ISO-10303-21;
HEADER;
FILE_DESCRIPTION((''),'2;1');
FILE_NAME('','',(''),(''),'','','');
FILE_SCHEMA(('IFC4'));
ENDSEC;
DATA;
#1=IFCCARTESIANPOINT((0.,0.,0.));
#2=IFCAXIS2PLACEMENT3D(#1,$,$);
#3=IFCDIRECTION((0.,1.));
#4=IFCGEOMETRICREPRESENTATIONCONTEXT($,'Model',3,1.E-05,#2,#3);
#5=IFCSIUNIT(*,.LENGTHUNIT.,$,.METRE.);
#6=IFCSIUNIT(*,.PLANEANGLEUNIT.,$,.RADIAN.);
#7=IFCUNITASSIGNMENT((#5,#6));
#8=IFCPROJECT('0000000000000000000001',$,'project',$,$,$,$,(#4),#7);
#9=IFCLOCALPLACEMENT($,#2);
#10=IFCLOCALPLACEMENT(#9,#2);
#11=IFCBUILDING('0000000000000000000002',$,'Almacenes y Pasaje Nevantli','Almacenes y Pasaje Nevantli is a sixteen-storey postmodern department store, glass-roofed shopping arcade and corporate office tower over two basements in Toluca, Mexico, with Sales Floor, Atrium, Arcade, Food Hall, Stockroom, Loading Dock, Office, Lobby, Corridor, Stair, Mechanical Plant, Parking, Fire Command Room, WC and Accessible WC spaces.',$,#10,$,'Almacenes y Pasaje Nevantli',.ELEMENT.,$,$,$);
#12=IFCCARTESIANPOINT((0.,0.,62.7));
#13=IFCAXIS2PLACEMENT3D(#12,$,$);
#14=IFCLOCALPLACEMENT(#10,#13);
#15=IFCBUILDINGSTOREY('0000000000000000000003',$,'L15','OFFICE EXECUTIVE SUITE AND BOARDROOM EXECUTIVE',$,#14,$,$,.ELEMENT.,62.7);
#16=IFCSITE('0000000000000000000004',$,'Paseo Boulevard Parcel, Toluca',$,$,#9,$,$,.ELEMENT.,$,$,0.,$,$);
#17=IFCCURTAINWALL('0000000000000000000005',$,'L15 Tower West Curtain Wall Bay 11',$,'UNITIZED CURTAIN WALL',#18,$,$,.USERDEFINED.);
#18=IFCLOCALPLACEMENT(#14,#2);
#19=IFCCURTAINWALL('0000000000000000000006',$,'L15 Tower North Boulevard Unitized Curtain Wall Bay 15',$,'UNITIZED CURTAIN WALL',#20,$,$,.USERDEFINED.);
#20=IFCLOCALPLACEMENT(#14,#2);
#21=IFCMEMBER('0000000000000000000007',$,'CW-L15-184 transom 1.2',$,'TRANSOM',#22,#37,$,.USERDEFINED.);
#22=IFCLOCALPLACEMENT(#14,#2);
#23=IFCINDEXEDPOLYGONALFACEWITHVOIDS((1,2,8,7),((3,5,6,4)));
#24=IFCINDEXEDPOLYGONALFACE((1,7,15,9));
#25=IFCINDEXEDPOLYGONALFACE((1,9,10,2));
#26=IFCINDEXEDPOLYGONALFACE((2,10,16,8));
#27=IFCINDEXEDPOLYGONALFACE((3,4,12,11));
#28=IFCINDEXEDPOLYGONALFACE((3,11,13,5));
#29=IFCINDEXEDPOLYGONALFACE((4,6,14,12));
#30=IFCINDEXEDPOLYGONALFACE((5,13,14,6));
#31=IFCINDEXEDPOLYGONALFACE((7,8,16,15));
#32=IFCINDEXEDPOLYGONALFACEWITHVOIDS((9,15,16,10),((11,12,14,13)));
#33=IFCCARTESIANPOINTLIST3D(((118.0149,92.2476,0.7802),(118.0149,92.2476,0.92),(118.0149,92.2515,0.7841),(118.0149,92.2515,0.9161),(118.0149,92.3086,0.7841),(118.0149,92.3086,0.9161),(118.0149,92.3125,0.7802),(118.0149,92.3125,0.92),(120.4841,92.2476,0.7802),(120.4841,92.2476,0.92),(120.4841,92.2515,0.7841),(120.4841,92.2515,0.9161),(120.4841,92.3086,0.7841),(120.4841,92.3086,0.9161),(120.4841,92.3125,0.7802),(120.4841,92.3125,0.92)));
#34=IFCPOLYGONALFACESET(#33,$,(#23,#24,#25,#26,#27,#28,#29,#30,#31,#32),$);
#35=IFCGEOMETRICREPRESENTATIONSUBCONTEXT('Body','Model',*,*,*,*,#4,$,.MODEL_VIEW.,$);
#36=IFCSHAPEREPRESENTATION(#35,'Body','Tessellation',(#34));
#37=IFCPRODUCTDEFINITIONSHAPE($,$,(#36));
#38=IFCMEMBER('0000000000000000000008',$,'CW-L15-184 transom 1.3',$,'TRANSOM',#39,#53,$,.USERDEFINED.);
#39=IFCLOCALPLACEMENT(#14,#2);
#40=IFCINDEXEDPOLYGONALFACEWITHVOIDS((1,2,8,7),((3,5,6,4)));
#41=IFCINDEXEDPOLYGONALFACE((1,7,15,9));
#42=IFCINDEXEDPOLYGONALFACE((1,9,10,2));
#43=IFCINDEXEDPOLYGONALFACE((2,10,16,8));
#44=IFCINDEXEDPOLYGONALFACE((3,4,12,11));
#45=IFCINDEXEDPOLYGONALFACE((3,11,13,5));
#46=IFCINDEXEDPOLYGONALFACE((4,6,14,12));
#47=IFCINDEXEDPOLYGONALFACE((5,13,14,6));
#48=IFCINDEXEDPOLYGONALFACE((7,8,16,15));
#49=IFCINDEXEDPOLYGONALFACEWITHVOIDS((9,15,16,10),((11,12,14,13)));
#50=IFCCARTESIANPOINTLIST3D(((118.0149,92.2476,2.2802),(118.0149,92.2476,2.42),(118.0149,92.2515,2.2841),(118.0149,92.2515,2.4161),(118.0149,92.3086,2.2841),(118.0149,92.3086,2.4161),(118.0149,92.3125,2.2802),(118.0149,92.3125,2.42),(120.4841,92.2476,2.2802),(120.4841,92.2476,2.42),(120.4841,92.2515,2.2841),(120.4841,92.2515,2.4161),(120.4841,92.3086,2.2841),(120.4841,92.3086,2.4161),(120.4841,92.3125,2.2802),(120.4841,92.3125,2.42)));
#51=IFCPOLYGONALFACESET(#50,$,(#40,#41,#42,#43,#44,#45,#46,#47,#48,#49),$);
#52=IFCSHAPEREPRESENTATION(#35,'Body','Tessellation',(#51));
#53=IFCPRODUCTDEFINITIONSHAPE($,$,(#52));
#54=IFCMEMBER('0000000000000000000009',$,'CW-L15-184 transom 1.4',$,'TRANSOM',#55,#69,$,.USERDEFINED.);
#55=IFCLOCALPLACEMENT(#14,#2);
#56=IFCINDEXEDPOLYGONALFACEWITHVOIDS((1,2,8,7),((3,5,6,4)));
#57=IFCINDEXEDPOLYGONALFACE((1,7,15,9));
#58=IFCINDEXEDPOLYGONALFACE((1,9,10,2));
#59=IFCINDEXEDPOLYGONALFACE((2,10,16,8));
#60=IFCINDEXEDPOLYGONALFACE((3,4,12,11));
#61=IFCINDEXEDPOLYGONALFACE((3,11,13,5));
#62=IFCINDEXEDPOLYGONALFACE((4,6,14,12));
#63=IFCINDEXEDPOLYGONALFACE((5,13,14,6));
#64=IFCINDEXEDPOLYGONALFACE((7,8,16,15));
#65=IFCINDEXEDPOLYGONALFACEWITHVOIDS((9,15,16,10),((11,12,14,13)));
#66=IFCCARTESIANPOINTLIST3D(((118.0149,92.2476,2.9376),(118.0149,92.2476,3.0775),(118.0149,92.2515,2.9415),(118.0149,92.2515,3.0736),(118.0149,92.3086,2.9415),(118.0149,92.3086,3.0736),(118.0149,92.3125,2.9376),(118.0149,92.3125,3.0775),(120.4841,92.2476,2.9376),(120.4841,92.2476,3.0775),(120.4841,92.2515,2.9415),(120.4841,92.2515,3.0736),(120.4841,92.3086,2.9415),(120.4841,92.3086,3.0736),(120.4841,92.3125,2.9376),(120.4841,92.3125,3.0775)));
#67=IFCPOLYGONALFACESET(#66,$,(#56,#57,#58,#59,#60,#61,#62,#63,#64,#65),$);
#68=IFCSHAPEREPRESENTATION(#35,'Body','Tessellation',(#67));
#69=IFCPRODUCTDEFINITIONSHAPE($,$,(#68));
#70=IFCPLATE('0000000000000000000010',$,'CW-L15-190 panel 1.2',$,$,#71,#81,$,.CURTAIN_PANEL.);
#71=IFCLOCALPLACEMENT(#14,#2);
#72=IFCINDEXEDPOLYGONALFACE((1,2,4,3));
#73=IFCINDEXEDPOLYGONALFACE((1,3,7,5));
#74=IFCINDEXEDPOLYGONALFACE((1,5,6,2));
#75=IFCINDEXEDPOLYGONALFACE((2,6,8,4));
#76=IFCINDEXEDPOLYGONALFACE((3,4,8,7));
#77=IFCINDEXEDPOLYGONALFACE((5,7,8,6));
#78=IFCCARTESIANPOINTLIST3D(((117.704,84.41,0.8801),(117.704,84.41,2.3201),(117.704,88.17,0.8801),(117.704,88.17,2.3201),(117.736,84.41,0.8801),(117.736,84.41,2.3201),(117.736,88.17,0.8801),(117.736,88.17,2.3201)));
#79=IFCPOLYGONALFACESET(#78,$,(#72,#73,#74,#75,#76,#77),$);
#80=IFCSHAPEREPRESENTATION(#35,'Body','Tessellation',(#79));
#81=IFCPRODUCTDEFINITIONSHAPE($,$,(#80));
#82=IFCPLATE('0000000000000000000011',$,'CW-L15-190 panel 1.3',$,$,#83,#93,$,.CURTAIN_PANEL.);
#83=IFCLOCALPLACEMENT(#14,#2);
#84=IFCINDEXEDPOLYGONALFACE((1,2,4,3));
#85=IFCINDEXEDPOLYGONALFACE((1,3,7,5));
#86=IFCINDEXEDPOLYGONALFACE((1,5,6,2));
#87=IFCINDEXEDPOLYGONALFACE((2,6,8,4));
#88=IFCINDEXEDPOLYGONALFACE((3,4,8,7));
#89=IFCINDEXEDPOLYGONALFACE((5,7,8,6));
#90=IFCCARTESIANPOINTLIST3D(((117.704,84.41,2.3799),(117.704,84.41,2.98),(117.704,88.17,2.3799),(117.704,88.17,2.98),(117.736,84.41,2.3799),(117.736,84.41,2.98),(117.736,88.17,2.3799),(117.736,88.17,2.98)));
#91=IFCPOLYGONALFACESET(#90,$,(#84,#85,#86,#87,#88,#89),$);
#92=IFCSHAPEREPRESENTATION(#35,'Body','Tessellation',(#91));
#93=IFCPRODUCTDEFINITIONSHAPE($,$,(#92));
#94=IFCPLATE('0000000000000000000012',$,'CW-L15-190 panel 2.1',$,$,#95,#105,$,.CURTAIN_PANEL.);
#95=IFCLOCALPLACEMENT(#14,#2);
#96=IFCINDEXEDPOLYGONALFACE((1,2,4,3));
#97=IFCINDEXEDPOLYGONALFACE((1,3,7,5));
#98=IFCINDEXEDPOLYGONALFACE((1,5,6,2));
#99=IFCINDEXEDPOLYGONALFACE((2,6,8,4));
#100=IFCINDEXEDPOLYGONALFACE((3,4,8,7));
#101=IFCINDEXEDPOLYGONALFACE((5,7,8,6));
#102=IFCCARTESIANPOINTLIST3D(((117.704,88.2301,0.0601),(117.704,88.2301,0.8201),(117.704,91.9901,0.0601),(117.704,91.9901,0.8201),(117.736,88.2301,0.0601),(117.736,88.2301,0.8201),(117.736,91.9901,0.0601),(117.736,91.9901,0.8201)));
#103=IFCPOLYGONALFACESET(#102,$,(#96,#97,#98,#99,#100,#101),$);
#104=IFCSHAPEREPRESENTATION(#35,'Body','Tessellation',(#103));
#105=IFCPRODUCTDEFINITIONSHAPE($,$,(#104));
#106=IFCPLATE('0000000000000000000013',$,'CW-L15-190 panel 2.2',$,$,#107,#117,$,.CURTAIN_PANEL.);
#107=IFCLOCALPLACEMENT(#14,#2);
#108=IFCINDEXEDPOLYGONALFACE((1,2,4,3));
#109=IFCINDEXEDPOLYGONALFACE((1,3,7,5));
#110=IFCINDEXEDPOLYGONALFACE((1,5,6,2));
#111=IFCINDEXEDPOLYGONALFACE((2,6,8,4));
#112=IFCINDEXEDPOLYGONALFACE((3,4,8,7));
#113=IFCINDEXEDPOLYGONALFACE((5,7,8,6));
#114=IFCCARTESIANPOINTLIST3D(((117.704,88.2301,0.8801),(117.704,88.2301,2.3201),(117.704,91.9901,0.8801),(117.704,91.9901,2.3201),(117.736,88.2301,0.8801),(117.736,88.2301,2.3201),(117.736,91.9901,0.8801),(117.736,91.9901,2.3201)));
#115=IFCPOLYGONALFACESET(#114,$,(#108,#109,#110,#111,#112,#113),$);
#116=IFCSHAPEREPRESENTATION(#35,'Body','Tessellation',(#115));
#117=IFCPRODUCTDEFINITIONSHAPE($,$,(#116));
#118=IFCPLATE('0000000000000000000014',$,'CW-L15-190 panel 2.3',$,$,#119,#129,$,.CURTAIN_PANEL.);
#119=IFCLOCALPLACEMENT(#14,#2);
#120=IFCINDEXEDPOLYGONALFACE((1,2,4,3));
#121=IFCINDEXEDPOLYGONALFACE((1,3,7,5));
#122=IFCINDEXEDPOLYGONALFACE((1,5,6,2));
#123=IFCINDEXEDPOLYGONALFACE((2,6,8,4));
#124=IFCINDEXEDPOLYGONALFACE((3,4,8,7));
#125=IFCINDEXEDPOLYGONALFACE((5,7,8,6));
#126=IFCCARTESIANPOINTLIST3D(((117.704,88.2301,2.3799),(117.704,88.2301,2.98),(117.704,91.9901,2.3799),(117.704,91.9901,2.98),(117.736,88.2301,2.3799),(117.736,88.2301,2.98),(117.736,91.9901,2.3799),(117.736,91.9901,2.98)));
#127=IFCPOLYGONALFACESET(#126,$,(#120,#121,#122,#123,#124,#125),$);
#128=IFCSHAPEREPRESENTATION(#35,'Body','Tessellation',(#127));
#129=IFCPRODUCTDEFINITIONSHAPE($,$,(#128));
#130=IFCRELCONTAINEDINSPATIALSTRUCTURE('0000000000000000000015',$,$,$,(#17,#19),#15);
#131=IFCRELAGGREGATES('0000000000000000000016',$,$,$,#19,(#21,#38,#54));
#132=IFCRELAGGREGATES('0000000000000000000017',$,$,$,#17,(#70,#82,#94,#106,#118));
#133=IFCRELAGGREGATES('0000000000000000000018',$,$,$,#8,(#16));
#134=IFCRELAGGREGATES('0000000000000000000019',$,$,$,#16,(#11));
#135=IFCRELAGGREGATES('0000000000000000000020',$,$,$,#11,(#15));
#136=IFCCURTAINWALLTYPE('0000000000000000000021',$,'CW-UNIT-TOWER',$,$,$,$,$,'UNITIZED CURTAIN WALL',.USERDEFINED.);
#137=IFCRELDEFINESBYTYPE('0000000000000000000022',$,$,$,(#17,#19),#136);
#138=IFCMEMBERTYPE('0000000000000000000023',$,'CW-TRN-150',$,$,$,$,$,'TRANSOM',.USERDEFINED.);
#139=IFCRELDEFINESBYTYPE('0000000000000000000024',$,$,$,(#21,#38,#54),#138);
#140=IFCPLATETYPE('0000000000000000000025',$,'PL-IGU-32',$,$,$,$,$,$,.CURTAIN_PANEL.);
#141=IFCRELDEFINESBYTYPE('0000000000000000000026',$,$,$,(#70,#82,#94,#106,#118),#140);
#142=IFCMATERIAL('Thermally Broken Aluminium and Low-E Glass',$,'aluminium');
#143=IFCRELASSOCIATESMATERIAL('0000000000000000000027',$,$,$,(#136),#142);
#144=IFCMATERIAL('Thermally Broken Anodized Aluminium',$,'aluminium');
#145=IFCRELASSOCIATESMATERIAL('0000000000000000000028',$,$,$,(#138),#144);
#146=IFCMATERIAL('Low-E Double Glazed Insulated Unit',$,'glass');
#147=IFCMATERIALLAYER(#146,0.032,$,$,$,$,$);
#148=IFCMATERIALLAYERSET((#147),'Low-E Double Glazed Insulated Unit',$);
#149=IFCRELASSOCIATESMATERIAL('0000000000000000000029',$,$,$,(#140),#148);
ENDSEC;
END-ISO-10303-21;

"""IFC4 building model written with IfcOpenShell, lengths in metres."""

from ifc_helpers import new_model, si_unit, direction, frame, origin, origin_2d, place, context, subcontext, project, spatial, rectangle, hollow_rectangle, extrude, material, layer, layer_set, material_profile, profile_set, type_object, element, aggregate, save


model = new_model("IFC4")

# Units and contexts
model_context = context("Model", 3, precision=1e-05, world=origin(), true_north=direction((0.0, 1.0)))
body_context = subcontext(model_context, "Body", "Model", "MODEL_VIEW")
ifc_project = project(units=[si_unit("LENGTHUNIT", "METRE"), si_unit("PLANEANGLEUNIT", "RADIAN")], contexts=[model_context])

# Site, building, storey
site_placement = place(None, origin())
site = spatial("IfcSite", under=ifc_project, at=site_placement, Name="Paseo Boulevard Parcel, Toluca", CompositionType="ELEMENT", RefElevation=0.0)
building_placement = place(site_placement, origin())
building = spatial("IfcBuilding", under=site, at=building_placement, Name="Almacenes y Pasaje Nevantli", Description="Almacenes y Pasaje Nevantli is a sixteen-storey postmodern department store, glass-roofed shopping arcade and corporate office tower over two basements in Toluca, Mexico, with Sales Floor, Atrium, Arcade, Food Hall, Stockroom, Loading Dock, Office, Lobby, Corridor, Stair, Mechanical Plant, Parking, Fire Command Room, WC and Accessible WC spaces.", LongName="Almacenes y Pasaje Nevantli", CompositionType="ELEMENT")
storey_placement = place(building_placement, frame((0.0, 0.0, 62.7)))
storey = spatial("IfcBuildingStorey", under=building, at=storey_placement, Name="L15", Description="OFFICE EXECUTIVE SUITE AND BOARDROOM EXECUTIVE", CompositionType="ELEMENT", Elevation=62.7)

# Curtain wall
ifc_material_1 = material(Name="Thermally Broken Aluminium and Low-E Glass", Category="aluminium")
curtain_wall_type = type_object("IfcCurtainWallType", Name="CW-UNIT-TOWER", ElementType="UNITIZED CURTAIN WALL", PredefinedType="USERDEFINED", material=ifc_material_1)
curtain_wall_1_placement = place(storey_placement, origin())
curtain_wall_1 = element("IfcCurtainWall", 1, at=curtain_wall_1_placement, inside=storey, type_object=curtain_wall_type, Name="L15 Tower West Curtain Wall Bay 11", ObjectType="UNITIZED CURTAIN WALL", PredefinedType="USERDEFINED")

# Curtain wall
curtain_wall_2_placement = place(storey_placement, origin())
curtain_wall_2 = element("IfcCurtainWall", 2, at=curtain_wall_2_placement, inside=storey, type_object=curtain_wall_type, Name="L15 Tower North Boulevard Unitized Curtain Wall Bay 15", ObjectType="UNITIZED CURTAIN WALL", PredefinedType="USERDEFINED")

# Members
ifc_material_2 = material(Name="Thermally Broken Anodized Aluminium", Category="aluminium")
ifc_material_profile_1 = material_profile(ifc_material_2, hollow_rectangle(XDim=0.0649, YDim=0.1399, WallThickness=0.0039, at=origin_2d()), Name="ALU-TRN-65x140")
ifc_profile_set_1 = profile_set([ifc_material_profile_1], Name="Thermally Broken Anodized Aluminium")
member_type_1 = type_object("IfcMemberType", Name="CW-TRN-150", ElementType="TRANSOM", PredefinedType="USERDEFINED", material=ifc_profile_set_1)
member_1_placement = place(storey_placement, frame((118.0149, 92.28, 0.8501), z_axis=(1.0, 0.0, 0.0), x_axis=(0.0, 1.0, 0.0)))
member_1 = element("IfcMember", 3, at=member_1_placement, type_object=member_type_1, Name="CW-L15-184 transom 1.2", ObjectType="TRANSOM", PredefinedType="USERDEFINED", context=body_context, shape_type="SweptSolid", body=[
    extrude(hollow_rectangle(XDim=0.0649, YDim=0.1399, WallThickness=0.0039, at=origin_2d()), origin(), (0.0, 0.0, 1.0), 2.4692),
])
member_2_placement = place(storey_placement, frame((118.0149, 92.28, 2.3501), z_axis=(1.0, 0.0, 0.0), x_axis=(0.0, 1.0, 0.0)))
member_2 = element("IfcMember", 4, at=member_2_placement, type_object=member_type_1, Name="CW-L15-184 transom 1.3", ObjectType="TRANSOM", PredefinedType="USERDEFINED", context=body_context, shape_type="SweptSolid", body=[
    extrude(hollow_rectangle(XDim=0.0649, YDim=0.1399, WallThickness=0.0039, at=origin_2d()), origin(), (0.0, 0.0, 1.0), 2.4692),
])
member_3_placement = place(storey_placement, frame((118.0149, 92.28, 3.0076), z_axis=(1.0, 0.0, 0.0), x_axis=(0.0, 1.0, 0.0)))
member_3 = element("IfcMember", 5, at=member_3_placement, type_object=member_type_1, Name="CW-L15-184 transom 1.4", ObjectType="TRANSOM", PredefinedType="USERDEFINED", context=body_context, shape_type="SweptSolid", body=[
    extrude(hollow_rectangle(XDim=0.0649, YDim=0.1399, WallThickness=0.0039, at=origin_2d()), origin(), (0.0, 0.0, 1.0), 2.4692),
])
aggregate(curtain_wall_2, [member_1, member_2, member_3])

# Plates
ifc_material_3 = material(Name="Low-E Double Glazed Insulated Unit", Category="glass")
ifc_layer = layer(ifc_material_3, 0.032)
ifc_layer_set = layer_set([ifc_layer], Name="Low-E Double Glazed Insulated Unit")
plate_type = type_object("IfcPlateType", Name="PL-IGU-32", PredefinedType="CURTAIN_PANEL", material=ifc_layer_set)
plate_1_placement = place(storey_placement, frame((117.72, 86.29, 0.8801), z_axis=(0.0, 0.0, 1.0), x_axis=(0.0, 1.0, 0.0)))
plate_1 = element("IfcPlate", 6, at=plate_1_placement, type_object=plate_type, Name="CW-L15-190 panel 1.2", PredefinedType="CURTAIN_PANEL", context=body_context, shape_type="SweptSolid", body=[
    extrude(rectangle(XDim=3.76, YDim=0.032, at=origin_2d()), origin(), (0.0, 0.0, 1.0), 1.4399),
])
plate_2_placement = place(storey_placement, frame((117.72, 86.29, 2.3799), z_axis=(0.0, 0.0, 1.0), x_axis=(0.0, 1.0, 0.0)))
plate_2 = element("IfcPlate", 7, at=plate_2_placement, type_object=plate_type, Name="CW-L15-190 panel 1.3", PredefinedType="CURTAIN_PANEL", context=body_context, shape_type="SweptSolid", body=[
    extrude(rectangle(XDim=3.76, YDim=0.032, at=origin_2d()), origin(), (0.0, 0.0, 1.0), 0.6001),
])
plate_3_placement = place(storey_placement, frame((117.72, 90.1101, 0.0601), z_axis=(0.0, 0.0, 1.0), x_axis=(0.0, 1.0, 0.0)))
plate_3 = element("IfcPlate", 8, at=plate_3_placement, type_object=plate_type, Name="CW-L15-190 panel 2.1", PredefinedType="CURTAIN_PANEL", context=body_context, shape_type="SweptSolid", body=[
    extrude(rectangle(XDim=3.76, YDim=0.032, at=origin_2d()), origin(), (0.0, 0.0, 1.0), 0.76),
])
plate_4_placement = place(storey_placement, frame((117.72, 90.1101, 0.8801), z_axis=(0.0, 0.0, 1.0), x_axis=(0.0, 1.0, 0.0)))
plate_4 = element("IfcPlate", 9, at=plate_4_placement, type_object=plate_type, Name="CW-L15-190 panel 2.2", PredefinedType="CURTAIN_PANEL", context=body_context, shape_type="SweptSolid", body=[
    extrude(rectangle(XDim=3.76, YDim=0.032, at=origin_2d()), origin(), (0.0, 0.0, 1.0), 1.4399),
])
plate_5_placement = place(storey_placement, frame((117.72, 90.1101, 2.3799), z_axis=(0.0, 0.0, 1.0), x_axis=(0.0, 1.0, 0.0)))
plate_5 = element("IfcPlate", 10, at=plate_5_placement, type_object=plate_type, Name="CW-L15-190 panel 2.3", PredefinedType="CURTAIN_PANEL", context=body_context, shape_type="SweptSolid", body=[
    extrude(rectangle(XDim=3.76, YDim=0.032, at=origin_2d()), origin(), (0.0, 0.0, 1.0), 0.6001),
])
aggregate(curtain_wall_1, [plate_1, plate_2, plate_3, plate_4, plate_5])

save(model, "model.ifc")
